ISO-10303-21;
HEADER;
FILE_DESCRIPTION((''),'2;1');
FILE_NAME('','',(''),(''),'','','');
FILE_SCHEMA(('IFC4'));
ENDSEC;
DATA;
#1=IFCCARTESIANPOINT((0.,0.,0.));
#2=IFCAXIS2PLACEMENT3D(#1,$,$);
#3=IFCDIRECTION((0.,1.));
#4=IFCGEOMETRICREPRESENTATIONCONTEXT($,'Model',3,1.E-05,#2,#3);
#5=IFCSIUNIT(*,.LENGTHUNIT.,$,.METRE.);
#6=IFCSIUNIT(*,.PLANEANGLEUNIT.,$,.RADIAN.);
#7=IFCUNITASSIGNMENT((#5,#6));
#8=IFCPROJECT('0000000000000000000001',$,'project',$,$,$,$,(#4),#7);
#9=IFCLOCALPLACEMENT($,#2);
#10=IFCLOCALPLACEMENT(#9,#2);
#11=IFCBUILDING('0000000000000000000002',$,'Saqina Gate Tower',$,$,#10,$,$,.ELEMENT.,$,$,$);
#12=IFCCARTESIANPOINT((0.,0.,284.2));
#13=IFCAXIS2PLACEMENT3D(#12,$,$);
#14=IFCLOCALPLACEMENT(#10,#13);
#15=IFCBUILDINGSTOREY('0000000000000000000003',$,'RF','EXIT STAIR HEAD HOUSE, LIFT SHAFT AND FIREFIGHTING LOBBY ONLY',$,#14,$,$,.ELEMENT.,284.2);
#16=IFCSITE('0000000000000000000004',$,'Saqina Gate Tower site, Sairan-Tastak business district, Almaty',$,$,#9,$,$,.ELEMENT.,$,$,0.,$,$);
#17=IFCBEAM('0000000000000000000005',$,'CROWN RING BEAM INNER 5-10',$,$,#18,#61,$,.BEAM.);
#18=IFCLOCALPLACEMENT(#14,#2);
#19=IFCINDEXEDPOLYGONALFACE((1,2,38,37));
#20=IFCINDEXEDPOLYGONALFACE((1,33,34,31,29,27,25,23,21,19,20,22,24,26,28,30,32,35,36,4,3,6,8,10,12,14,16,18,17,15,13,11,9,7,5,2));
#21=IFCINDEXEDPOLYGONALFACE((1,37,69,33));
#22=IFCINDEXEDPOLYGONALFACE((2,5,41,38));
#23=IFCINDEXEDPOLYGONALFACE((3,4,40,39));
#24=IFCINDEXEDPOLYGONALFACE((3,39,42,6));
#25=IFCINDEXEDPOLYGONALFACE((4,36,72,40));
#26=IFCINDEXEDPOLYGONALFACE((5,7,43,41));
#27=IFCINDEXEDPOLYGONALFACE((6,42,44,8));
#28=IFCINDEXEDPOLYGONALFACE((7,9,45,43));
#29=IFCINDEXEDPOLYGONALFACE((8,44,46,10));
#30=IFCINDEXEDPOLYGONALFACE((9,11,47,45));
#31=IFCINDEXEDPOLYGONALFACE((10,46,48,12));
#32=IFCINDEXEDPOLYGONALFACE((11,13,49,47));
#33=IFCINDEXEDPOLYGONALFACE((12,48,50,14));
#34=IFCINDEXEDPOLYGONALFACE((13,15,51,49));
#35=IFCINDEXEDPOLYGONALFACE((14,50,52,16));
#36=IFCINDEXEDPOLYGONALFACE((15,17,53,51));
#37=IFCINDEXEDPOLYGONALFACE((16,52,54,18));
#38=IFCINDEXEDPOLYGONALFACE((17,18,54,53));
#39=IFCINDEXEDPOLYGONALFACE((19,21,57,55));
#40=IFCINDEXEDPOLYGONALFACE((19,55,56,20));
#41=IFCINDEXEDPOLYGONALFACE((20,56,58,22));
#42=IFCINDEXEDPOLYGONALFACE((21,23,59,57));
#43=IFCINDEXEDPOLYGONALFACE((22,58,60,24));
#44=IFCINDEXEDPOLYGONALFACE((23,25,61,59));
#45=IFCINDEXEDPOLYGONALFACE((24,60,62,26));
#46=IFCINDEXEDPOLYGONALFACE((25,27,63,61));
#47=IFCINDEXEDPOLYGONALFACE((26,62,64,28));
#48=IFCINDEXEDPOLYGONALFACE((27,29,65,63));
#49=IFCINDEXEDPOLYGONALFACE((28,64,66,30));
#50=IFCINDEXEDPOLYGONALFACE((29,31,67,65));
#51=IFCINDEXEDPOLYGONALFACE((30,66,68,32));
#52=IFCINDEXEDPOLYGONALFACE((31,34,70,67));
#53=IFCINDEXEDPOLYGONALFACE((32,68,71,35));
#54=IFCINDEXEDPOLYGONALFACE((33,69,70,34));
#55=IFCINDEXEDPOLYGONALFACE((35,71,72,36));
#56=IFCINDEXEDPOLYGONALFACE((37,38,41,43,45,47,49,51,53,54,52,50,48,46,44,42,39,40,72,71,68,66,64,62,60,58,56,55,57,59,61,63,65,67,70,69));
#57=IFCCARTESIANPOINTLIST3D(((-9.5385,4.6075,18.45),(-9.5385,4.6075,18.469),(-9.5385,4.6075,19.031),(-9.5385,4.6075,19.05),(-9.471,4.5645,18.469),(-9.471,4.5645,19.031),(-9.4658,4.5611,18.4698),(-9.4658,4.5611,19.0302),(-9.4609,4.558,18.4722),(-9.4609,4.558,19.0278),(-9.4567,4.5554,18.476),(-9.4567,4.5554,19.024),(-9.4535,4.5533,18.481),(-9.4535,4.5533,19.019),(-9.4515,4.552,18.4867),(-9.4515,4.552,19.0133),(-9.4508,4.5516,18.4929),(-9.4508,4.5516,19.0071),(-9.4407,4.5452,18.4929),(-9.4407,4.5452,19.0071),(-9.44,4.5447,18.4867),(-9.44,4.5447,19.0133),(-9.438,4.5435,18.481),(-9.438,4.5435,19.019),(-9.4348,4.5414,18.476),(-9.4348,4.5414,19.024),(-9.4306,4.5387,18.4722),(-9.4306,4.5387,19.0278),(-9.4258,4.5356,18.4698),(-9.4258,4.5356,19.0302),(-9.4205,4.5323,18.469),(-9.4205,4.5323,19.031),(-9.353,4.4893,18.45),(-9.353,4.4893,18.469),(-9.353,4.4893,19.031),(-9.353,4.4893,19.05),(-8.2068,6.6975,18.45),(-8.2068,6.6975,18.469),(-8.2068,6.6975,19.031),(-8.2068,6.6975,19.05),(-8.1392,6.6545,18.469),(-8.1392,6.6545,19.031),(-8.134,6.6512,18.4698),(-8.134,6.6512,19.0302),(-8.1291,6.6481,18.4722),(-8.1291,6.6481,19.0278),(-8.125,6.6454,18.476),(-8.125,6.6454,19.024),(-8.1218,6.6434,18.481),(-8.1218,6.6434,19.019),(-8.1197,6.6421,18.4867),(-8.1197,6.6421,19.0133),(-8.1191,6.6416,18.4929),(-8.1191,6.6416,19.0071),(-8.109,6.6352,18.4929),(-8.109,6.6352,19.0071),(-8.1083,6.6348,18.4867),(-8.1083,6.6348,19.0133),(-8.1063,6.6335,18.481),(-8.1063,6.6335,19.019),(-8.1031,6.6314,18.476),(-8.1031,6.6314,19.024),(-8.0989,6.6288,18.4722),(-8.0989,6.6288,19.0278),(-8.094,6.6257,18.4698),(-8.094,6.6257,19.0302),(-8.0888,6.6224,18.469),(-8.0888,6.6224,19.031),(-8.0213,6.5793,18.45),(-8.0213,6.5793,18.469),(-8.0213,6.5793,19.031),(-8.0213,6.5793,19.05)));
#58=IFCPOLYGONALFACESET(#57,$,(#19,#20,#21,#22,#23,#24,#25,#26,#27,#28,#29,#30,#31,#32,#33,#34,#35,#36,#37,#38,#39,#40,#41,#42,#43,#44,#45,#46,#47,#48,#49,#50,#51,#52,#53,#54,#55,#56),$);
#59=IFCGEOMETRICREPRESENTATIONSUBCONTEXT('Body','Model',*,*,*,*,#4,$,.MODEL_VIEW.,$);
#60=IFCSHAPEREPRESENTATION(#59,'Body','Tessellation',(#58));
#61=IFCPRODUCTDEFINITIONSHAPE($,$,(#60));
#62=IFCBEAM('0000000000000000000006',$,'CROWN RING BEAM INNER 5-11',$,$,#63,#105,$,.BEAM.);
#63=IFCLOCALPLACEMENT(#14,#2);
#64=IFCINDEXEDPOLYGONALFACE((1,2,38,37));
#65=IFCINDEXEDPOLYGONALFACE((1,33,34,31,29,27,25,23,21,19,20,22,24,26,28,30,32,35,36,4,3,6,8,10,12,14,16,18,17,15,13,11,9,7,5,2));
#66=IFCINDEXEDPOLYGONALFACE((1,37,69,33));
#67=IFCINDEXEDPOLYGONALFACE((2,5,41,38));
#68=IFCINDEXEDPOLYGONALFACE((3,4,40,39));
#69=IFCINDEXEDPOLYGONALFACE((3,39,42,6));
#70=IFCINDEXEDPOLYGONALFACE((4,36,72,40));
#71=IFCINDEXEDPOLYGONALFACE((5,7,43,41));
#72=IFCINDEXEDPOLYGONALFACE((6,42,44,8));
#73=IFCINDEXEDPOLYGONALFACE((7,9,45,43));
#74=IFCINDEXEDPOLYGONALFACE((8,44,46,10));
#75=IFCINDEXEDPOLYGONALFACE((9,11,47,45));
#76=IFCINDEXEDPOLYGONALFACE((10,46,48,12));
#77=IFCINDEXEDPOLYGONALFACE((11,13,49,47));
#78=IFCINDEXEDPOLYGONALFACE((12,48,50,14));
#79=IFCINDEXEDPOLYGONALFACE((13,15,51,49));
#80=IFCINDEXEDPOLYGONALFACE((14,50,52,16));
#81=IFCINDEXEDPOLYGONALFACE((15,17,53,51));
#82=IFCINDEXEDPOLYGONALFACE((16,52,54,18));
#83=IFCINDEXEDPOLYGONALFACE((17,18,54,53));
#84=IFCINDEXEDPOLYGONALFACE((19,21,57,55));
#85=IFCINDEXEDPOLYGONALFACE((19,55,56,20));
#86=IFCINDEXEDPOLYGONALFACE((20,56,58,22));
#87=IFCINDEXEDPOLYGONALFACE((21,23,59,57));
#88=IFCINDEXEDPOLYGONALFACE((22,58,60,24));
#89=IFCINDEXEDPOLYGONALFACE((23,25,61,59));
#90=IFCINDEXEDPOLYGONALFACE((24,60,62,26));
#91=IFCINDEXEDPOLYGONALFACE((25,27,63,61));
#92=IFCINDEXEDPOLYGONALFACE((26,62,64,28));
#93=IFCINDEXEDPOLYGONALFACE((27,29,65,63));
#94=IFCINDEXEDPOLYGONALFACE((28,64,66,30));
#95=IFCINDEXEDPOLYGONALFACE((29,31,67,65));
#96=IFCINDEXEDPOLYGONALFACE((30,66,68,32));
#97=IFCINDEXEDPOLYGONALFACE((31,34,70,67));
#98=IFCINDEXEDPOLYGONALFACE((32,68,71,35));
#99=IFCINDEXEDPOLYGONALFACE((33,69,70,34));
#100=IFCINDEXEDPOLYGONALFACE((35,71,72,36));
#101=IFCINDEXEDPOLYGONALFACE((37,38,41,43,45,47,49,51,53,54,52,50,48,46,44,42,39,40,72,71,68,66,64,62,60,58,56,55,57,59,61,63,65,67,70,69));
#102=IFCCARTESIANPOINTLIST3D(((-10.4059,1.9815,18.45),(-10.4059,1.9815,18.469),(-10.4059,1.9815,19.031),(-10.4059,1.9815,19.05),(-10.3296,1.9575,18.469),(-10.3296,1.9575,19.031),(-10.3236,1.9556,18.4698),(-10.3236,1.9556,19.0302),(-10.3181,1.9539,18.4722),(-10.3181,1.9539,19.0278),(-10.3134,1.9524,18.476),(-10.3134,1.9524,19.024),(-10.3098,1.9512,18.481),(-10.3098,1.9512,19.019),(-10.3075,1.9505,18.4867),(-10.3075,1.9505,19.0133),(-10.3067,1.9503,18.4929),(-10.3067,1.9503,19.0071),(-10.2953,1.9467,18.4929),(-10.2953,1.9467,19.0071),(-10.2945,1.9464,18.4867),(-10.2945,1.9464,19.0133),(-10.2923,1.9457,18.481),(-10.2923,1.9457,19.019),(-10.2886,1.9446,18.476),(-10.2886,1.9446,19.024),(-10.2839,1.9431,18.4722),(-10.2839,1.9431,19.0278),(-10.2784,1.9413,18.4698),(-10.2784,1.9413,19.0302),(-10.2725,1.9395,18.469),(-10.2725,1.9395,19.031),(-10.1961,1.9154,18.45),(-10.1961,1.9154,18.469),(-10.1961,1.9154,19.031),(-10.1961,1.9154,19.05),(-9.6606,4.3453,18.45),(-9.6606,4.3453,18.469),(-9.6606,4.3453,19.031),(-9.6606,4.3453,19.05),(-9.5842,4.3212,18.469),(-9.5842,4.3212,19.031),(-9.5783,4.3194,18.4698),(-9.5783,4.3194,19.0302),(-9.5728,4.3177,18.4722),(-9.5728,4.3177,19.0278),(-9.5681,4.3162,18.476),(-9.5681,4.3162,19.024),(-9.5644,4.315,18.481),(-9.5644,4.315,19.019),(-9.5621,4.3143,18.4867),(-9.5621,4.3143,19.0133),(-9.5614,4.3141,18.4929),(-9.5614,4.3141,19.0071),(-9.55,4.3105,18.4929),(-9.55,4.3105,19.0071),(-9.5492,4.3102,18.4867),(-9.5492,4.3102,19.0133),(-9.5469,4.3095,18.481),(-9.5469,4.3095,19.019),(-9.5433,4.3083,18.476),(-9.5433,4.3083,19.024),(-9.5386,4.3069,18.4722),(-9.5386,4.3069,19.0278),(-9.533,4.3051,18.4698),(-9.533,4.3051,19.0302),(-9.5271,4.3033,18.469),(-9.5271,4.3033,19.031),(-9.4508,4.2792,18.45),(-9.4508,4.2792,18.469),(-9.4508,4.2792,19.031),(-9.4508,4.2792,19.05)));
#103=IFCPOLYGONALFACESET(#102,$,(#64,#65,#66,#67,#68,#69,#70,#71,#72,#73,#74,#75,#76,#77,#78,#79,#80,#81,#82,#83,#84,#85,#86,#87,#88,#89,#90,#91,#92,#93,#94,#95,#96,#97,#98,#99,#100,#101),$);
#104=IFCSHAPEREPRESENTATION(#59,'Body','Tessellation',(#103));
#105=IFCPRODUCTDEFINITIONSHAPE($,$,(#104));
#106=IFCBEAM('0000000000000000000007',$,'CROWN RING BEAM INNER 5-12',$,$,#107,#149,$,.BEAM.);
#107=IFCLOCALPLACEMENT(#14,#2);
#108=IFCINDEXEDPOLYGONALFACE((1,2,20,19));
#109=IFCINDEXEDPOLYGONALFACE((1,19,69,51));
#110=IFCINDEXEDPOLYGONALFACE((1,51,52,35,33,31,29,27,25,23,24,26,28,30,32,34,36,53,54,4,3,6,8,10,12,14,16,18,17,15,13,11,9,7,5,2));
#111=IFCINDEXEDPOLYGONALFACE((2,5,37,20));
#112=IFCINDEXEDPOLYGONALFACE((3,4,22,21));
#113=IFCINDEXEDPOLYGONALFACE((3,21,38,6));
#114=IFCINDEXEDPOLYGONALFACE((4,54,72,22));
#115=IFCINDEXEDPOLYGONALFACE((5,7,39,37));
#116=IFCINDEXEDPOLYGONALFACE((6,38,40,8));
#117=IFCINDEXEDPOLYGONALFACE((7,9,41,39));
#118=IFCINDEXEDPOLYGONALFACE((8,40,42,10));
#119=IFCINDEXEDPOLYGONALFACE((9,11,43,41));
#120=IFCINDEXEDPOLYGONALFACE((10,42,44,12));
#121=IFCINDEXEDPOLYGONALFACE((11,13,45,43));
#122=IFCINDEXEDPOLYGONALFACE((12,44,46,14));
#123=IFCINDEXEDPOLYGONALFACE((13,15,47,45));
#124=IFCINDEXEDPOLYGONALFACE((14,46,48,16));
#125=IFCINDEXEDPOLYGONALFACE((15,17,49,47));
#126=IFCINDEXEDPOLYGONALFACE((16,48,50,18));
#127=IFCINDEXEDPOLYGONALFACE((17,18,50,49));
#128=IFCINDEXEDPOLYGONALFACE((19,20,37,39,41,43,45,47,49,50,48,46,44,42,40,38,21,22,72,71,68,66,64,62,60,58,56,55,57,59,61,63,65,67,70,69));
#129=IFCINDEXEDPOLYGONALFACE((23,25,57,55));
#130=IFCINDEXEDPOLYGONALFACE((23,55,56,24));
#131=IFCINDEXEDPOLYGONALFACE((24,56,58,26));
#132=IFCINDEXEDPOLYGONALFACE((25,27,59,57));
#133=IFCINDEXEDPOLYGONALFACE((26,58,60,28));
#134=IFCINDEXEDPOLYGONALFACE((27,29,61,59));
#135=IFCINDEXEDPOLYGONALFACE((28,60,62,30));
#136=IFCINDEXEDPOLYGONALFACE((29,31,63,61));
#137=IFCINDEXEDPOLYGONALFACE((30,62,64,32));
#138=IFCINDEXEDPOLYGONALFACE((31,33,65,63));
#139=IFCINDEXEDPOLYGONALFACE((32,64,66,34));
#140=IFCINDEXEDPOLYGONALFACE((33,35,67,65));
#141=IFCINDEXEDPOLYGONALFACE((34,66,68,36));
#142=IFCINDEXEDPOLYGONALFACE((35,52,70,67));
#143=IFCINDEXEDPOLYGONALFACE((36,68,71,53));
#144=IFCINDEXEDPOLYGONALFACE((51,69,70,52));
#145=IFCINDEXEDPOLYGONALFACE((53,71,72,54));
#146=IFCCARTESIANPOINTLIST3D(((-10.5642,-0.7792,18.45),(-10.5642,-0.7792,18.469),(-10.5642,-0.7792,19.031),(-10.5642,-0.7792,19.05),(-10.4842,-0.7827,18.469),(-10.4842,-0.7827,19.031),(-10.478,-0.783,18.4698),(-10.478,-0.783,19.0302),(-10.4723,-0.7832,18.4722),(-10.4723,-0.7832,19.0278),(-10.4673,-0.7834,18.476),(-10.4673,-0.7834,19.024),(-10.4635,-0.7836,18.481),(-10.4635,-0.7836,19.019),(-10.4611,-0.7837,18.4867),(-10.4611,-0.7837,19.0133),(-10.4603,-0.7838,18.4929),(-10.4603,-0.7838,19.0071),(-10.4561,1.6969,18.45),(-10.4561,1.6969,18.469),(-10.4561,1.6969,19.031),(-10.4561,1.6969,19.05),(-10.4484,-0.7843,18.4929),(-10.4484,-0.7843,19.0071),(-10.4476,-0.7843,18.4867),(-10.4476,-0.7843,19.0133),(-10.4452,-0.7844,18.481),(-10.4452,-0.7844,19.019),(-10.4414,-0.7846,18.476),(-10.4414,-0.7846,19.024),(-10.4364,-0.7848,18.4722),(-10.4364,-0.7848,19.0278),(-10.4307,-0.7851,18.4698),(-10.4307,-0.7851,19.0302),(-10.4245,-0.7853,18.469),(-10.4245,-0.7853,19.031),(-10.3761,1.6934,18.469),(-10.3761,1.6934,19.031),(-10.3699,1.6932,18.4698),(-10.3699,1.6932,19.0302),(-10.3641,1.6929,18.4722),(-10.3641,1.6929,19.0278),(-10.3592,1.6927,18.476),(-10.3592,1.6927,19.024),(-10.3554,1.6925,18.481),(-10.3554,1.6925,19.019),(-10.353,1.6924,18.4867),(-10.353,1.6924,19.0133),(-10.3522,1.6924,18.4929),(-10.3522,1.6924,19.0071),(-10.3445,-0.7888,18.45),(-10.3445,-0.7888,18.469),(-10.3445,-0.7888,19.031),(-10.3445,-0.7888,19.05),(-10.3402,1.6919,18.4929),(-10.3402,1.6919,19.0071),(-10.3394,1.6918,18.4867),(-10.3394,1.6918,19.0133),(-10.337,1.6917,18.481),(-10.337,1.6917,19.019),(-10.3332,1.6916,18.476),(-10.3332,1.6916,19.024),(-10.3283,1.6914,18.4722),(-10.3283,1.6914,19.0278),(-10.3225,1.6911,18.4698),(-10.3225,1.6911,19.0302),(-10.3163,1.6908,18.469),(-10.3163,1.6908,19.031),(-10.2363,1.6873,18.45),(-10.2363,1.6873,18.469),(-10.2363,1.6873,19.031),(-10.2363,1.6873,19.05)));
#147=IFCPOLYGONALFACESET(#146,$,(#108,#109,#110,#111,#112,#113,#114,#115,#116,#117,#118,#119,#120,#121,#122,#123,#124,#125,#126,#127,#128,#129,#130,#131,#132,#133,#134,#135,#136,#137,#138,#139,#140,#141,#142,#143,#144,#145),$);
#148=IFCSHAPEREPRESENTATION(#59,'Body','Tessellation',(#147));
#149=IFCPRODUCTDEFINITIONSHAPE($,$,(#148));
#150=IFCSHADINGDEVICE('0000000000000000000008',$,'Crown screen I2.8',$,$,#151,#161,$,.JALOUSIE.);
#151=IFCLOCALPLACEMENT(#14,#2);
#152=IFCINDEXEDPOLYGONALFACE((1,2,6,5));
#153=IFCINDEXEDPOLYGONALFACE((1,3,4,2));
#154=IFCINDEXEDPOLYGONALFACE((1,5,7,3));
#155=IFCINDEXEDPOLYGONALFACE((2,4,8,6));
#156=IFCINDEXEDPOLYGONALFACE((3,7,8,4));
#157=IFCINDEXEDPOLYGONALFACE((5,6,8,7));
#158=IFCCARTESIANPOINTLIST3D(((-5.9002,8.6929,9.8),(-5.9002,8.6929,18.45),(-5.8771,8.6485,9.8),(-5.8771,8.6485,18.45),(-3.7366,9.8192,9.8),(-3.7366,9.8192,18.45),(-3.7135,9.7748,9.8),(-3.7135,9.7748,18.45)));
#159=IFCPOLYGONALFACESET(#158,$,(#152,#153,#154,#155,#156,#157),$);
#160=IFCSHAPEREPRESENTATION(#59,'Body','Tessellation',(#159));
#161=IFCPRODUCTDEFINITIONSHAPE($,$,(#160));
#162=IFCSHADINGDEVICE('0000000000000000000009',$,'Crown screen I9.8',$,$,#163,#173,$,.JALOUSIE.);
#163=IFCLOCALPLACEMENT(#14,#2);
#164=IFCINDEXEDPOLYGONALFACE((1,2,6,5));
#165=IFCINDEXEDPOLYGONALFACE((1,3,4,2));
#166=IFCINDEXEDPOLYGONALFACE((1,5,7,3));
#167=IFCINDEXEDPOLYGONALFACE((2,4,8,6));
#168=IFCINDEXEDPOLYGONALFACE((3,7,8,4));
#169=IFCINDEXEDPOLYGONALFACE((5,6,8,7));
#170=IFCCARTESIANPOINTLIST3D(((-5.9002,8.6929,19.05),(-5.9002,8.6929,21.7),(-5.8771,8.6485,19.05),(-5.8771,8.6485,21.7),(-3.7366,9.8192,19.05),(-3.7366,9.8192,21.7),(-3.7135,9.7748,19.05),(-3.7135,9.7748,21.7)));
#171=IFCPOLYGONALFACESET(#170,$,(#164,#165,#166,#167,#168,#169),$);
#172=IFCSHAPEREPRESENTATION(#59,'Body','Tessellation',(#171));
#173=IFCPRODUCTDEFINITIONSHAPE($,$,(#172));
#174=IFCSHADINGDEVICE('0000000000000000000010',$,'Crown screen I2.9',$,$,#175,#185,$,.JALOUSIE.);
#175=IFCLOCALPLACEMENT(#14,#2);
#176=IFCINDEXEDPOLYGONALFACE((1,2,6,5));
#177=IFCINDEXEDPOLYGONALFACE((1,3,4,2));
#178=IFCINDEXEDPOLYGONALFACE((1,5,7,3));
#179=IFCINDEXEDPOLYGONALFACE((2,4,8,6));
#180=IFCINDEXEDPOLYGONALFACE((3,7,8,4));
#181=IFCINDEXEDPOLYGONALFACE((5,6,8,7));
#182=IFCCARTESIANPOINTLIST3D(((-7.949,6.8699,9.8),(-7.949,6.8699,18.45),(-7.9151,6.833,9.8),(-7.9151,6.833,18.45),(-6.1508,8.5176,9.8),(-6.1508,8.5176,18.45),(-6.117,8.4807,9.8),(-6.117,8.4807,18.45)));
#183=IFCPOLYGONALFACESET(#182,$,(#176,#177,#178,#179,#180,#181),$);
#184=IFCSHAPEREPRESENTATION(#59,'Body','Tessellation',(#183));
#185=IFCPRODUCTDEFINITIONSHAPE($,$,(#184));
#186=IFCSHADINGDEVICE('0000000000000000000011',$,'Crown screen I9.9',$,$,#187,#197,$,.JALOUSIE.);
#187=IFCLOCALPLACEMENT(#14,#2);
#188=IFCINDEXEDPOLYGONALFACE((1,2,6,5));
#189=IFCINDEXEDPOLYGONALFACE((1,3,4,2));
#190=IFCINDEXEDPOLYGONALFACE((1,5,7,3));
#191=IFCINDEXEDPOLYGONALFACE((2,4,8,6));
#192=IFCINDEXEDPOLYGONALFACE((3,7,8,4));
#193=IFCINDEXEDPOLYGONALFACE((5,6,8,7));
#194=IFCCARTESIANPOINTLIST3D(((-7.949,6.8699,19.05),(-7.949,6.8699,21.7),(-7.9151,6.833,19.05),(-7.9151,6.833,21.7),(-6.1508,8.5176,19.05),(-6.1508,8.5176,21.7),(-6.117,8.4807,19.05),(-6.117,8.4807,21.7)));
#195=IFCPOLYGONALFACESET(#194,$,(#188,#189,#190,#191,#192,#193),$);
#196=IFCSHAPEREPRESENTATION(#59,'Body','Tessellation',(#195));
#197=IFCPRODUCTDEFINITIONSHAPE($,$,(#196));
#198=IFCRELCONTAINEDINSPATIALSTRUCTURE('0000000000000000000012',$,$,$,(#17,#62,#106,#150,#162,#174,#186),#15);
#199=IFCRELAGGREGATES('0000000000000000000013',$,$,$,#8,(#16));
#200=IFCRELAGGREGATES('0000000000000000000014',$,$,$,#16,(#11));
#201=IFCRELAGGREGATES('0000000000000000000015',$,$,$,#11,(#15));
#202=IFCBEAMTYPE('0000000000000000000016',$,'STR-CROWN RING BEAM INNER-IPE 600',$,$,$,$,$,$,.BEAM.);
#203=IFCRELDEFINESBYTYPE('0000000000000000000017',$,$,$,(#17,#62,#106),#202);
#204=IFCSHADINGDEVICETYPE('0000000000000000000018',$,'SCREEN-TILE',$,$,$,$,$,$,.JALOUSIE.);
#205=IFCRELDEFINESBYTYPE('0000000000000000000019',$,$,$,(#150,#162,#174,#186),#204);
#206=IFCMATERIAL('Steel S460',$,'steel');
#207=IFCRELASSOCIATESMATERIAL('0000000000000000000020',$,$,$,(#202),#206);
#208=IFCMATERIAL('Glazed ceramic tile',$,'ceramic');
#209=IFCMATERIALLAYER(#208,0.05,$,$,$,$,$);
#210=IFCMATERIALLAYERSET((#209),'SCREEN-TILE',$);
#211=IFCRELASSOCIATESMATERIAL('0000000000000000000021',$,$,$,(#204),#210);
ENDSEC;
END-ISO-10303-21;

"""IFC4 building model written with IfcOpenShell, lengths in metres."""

from ifc_helpers import new_model, si_unit, direction, frame, origin, origin_2d, place, context, subcontext, project, spatial, rectangle, i_section, extrude, material, layer, layer_set, material_profile, profile_set, type_object, element, save


model = new_model("IFC4")

# Units and contexts
model_context = context("Model", 3, precision=1e-05, world=origin(), true_north=direction((0.0, 1.0)))
body_context = subcontext(model_context, "Body", "Model", "MODEL_VIEW")
ifc_project = project(units=[si_unit("LENGTHUNIT", "METRE"), si_unit("PLANEANGLEUNIT", "RADIAN")], contexts=[model_context])

# Site, building, storey
site_placement = place(None, origin())
site = spatial("IfcSite", under=ifc_project, at=site_placement, Name="Saqina Gate Tower site, Sairan-Tastak business district, Almaty", CompositionType="ELEMENT", RefElevation=0.0)
building_placement = place(site_placement, origin())
building = spatial("IfcBuilding", under=site, at=building_placement, Name="Saqina Gate Tower", CompositionType="ELEMENT")
storey_placement = place(building_placement, frame((0.0, 0.0, 284.2)))
storey = spatial("IfcBuildingStorey", under=building, at=storey_placement, Name="RF", Description="EXIT STAIR HEAD HOUSE, LIFT SHAFT AND FIREFIGHTING LOBBY ONLY", CompositionType="ELEMENT", Elevation=284.2)

# Beams
ifc_material_1 = material(Name="Steel S460", Category="steel")
ifc_material_profile_1 = material_profile(ifc_material_1, i_section(OverallWidth=0.22, OverallDepth=0.6001, WebThickness=0.012, FlangeThickness=0.019, FilletRadius=0.0239, at=origin_2d()), Name="IPE 600")
ifc_profile_set_1 = profile_set([ifc_material_profile_1], Name="Steel S460")
beam_type_1 = type_object("IfcBeamType", Name="STR-CROWN RING BEAM INNER-IPE 600", PredefinedType="BEAM", material=ifc_profile_set_1)
beam_1_placement = place(storey_placement, frame((-8.114, 6.6384, 18.75), z_axis=(-0.537373, -0.843345, 0.0), x_axis=(0.843345, -0.537373, 0.0)))
element("IfcBeam", 1, at=beam_1_placement, inside=storey, type_object=beam_type_1, Name="CROWN RING BEAM INNER 5-10", PredefinedType="BEAM", context=body_context, shape_type="SweptSolid", body=[
    extrude(i_section(OverallWidth=0.22, OverallDepth=0.6001, WebThickness=0.012, FlangeThickness=0.019, FilletRadius=0.0239, at=origin_2d()), origin(), (0.0, 0.0, 1.0), 2.4783),
])
for number, where, z_axis, x_axis, name in (
    (2, (-9.5557, 4.3123, 18.75), (-0.300731, -0.953709, 0.0), (0.953709, -0.300731, 0.0), "CROWN RING BEAM INNER 5-11"),
    (3, (-10.3462, 1.6921, 18.75), (-0.043638, -0.999047, 0.0), (0.999047, -0.043638, 0.0), "CROWN RING BEAM INNER 5-12"),
):
    element("IfcBeam", number, at=place(storey_placement, frame(where, z_axis=z_axis, x_axis=x_axis)), inside=storey, type_object=beam_type_1, Name=name, PredefinedType="BEAM", context=body_context, shape_type="SweptSolid", body=[
        extrude(i_section(OverallWidth=0.22, OverallDepth=0.6001, WebThickness=0.012, FlangeThickness=0.019, FilletRadius=0.0239, at=origin_2d()), origin(), (0.0, 0.0, 1.0), 2.4785),
    ])

# Shading devices
ifc_material_2 = material(Name="Glazed ceramic tile", Category="ceramic")
ifc_layer = layer(ifc_material_2, 0.05)
ifc_layer_set = layer_set([ifc_layer], Name="SCREEN-TILE")
shading_device_type = type_object("IfcShadingDeviceType", Name="SCREEN-TILE", PredefinedType="JALOUSIE", material=ifc_layer_set)
shading_device_1_placement = place(storey_placement, frame((-4.8069, 9.2339, 9.8), z_axis=(0.0, 0.0, 1.0), x_axis=(-0.887011, -0.461749, 0.0)))
element("IfcShadingDevice", 4, at=shading_device_1_placement, inside=storey, type_object=shading_device_type, Name="Crown screen I2.8", PredefinedType="JALOUSIE", context=body_context, shape_type="SweptSolid", body=[
    extrude(rectangle(XDim=2.4392, YDim=0.05, at=origin_2d()), origin(), (0.0, 0.0, 1.0), 8.6499),
])
shading_device_2_placement = place(storey_placement, frame((-4.8069, 9.2339, 19.05), z_axis=(0.0, 0.0, 1.0), x_axis=(-0.887011, -0.461749, 0.0)))
element("IfcShadingDevice", 5, at=shading_device_2_placement, inside=storey, type_object=shading_device_type, Name="Crown screen I9.8", PredefinedType="JALOUSIE", context=body_context, shape_type="SweptSolid", body=[
    extrude(rectangle(XDim=2.4392, YDim=0.05, at=origin_2d()), origin(), (0.0, 0.0, 1.0), 2.6499),
])
shading_device_3_placement = place(storey_placement, frame((-7.033, 7.6753, 9.8), z_axis=(0.0, 0.0, 1.0), x_axis=(-0.737277, -0.67559, 0.0)))
element("IfcShadingDevice", 6, at=shading_device_3_placement, inside=storey, type_object=shading_device_type, Name="Crown screen I2.9", PredefinedType="JALOUSIE", context=body_context, shape_type="SweptSolid", body=[
    extrude(rectangle(XDim=2.439, YDim=0.05, at=origin_2d()), origin(), (0.0, 0.0, 1.0), 8.6499),
])
shading_device_4_placement = place(storey_placement, frame((-7.033, 7.6753, 19.05), z_axis=(0.0, 0.0, 1.0), x_axis=(-0.737277, -0.67559, 0.0)))
element("IfcShadingDevice", 7, at=shading_device_4_placement, inside=storey, type_object=shading_device_type, Name="Crown screen I9.9", PredefinedType="JALOUSIE", context=body_context, shape_type="SweptSolid", body=[
    extrude(rectangle(XDim=2.439, YDim=0.05, at=origin_2d()), origin(), (0.0, 0.0, 1.0), 2.6499),
])

save(model, "model.ifc")
